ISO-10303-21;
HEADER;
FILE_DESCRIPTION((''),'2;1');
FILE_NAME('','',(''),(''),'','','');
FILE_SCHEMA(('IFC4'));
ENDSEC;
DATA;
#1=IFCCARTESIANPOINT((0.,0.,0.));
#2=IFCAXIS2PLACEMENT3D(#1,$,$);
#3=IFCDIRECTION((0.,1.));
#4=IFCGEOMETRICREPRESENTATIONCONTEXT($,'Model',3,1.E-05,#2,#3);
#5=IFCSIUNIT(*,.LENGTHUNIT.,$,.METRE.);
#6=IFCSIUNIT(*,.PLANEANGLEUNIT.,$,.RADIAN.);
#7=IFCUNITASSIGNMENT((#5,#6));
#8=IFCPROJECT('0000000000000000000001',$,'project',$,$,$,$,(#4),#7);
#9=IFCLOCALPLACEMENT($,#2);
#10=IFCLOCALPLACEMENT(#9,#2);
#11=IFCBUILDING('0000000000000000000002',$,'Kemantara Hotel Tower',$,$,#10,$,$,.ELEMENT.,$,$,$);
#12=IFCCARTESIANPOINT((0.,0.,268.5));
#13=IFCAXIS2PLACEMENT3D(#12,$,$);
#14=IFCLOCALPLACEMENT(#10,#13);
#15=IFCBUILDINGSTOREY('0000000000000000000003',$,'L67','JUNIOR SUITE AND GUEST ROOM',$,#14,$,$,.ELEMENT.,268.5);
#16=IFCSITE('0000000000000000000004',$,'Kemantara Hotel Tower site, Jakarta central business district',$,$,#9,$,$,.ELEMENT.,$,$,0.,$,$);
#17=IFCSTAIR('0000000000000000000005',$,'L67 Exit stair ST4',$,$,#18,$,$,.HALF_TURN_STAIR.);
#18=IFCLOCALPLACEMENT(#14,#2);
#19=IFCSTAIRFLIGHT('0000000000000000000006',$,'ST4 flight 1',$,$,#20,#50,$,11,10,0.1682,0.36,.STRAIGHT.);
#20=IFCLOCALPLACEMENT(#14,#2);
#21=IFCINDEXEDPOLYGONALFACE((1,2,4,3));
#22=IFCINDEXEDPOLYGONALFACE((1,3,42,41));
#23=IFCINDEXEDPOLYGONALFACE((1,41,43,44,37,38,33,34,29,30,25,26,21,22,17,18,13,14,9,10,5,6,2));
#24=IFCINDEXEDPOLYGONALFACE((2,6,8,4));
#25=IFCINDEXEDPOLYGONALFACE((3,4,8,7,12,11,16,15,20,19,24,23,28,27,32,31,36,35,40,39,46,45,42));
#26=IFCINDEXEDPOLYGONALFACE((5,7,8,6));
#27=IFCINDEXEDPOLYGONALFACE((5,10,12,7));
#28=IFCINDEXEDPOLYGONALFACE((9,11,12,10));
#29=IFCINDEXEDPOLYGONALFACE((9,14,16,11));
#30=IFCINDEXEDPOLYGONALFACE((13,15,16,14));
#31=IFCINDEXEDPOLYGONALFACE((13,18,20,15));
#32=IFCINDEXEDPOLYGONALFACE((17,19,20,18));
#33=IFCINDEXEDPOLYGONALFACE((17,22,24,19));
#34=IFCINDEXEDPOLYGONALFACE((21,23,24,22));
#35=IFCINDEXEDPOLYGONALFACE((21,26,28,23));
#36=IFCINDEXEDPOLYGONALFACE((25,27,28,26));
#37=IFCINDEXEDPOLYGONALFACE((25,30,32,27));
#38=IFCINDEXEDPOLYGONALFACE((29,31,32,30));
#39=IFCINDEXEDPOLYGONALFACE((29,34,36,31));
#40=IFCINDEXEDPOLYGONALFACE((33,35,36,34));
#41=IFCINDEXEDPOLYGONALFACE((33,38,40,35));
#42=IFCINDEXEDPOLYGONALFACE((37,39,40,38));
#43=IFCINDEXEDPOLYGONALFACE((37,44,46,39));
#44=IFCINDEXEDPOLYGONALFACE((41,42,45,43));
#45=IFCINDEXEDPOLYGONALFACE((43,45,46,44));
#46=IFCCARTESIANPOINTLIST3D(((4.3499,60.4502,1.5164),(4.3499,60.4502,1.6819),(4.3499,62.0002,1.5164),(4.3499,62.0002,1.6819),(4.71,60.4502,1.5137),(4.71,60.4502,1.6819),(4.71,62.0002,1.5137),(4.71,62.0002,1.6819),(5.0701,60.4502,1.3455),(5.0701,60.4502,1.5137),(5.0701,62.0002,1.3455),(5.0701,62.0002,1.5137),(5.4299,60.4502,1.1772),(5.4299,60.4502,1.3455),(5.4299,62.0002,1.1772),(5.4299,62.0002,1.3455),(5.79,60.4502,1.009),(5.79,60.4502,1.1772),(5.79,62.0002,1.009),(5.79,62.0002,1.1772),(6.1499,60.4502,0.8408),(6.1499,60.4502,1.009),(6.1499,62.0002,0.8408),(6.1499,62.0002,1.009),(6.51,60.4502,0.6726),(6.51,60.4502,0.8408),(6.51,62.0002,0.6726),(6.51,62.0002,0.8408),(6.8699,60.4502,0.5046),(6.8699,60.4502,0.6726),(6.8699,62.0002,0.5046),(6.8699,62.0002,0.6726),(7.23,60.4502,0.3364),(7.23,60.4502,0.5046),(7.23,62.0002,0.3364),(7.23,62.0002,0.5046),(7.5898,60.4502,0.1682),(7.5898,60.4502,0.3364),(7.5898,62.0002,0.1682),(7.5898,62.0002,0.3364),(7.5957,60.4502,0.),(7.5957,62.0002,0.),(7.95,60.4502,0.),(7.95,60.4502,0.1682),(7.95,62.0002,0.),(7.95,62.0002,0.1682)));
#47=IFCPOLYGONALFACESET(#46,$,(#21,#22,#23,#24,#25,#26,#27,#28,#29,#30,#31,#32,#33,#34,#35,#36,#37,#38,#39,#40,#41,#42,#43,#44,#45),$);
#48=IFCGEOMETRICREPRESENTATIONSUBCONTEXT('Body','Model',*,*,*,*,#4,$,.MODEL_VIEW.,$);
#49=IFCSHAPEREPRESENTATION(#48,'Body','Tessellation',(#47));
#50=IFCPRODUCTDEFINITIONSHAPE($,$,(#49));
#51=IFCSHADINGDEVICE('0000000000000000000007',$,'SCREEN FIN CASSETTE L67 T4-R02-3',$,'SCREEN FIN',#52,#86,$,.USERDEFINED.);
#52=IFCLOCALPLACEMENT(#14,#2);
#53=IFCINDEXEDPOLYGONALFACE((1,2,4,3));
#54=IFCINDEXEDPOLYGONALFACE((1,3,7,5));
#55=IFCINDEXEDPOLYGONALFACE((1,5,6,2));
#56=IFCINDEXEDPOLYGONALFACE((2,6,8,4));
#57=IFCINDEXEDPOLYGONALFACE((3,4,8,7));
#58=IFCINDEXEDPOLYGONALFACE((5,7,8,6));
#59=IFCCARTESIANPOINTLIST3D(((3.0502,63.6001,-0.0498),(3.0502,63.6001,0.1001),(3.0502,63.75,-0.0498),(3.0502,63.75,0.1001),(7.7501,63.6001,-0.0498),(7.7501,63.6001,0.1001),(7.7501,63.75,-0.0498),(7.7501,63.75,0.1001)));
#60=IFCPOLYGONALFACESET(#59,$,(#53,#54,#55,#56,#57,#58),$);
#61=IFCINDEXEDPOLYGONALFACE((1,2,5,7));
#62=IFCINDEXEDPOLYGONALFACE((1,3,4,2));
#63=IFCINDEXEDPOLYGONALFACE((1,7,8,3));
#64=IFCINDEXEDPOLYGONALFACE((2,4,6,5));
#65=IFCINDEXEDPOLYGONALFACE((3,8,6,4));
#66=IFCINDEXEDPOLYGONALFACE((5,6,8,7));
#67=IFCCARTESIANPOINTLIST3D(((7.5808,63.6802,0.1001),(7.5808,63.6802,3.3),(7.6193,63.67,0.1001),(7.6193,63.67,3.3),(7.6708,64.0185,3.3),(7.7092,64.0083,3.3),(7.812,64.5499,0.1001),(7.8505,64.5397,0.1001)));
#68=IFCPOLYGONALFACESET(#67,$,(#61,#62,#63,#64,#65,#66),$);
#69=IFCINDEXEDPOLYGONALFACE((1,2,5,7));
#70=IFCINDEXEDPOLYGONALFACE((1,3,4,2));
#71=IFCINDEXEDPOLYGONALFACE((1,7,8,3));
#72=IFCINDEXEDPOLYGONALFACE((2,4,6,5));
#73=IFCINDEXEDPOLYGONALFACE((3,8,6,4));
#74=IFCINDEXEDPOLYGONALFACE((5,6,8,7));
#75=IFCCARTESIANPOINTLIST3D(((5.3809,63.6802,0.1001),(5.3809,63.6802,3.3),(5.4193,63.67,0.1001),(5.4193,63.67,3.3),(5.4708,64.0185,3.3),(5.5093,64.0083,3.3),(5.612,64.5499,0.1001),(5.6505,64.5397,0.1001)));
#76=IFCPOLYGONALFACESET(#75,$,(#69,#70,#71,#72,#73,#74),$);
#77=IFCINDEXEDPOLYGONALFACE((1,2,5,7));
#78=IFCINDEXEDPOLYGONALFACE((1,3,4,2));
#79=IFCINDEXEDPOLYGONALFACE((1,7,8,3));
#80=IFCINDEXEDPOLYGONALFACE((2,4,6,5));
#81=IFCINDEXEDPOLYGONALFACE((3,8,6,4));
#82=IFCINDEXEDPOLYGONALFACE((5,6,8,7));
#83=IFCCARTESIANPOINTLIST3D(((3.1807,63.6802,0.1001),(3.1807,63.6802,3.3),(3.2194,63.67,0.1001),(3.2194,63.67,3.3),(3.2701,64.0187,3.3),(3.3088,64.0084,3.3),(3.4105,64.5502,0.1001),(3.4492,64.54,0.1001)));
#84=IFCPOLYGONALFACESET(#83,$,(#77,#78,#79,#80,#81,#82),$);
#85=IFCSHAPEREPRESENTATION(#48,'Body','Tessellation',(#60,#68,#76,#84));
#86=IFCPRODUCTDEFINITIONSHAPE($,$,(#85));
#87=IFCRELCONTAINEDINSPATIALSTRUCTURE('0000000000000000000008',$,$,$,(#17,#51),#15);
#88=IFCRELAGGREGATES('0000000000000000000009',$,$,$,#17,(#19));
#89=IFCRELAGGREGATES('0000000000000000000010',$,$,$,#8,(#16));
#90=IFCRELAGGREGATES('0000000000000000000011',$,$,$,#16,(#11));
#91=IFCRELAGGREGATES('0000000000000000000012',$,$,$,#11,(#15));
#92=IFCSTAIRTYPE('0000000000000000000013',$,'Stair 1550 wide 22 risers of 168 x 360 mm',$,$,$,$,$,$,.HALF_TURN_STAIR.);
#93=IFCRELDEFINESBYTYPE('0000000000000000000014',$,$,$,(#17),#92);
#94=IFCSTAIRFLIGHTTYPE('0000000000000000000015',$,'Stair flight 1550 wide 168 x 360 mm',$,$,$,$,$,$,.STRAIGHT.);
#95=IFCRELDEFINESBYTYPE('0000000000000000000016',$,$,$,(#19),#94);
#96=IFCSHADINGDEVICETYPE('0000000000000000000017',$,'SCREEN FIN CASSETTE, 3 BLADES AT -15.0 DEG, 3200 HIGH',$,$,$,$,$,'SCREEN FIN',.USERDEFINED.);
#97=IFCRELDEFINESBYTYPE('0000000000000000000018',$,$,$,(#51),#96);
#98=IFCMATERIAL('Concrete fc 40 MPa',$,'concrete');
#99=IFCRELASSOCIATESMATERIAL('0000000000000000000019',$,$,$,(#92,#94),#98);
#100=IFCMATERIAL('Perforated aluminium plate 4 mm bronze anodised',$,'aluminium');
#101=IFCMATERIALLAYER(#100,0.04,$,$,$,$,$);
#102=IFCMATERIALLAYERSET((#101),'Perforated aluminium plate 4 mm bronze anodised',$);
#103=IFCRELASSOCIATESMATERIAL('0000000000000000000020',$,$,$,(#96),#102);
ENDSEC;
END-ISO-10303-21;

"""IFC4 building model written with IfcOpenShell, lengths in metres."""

from ifc_helpers import new_model, si_unit, direction, frame, origin, origin_2d, place, context, subcontext, project, spatial, polyline, rectangle, outline, extrude, source, transform, mapped, material, layer, layer_set, type_object, element, aggregate, save


model = new_model("IFC4")

# Units and contexts
model_context = context("Model", 3, precision=1e-05, world=origin(), true_north=direction((0.0, 1.0)))
body_context = subcontext(model_context, "Body", "Model", "MODEL_VIEW")
ifc_project = project(units=[si_unit("LENGTHUNIT", "METRE"), si_unit("PLANEANGLEUNIT", "RADIAN")], contexts=[model_context])

# Site, building, storey
site_placement = place(None, origin())
site = spatial("IfcSite", under=ifc_project, at=site_placement, Name="Kemantara Hotel Tower site, Jakarta central business district", CompositionType="ELEMENT", RefElevation=0.0)
building_placement = place(site_placement, origin())
building = spatial("IfcBuilding", under=site, at=building_placement, Name="Kemantara Hotel Tower", CompositionType="ELEMENT")
storey_placement = place(building_placement, frame((0.0, 0.0, 268.5)))
storey = spatial("IfcBuildingStorey", under=building, at=storey_placement, Name="L67", Description="JUNIOR SUITE AND GUEST ROOM", CompositionType="ELEMENT", Elevation=268.5)

# Shared definitions
ifc_material_1 = material(Name="Concrete fc 40 MPa", Category="concrete")

# Stair, stair flight
stair_type = type_object("IfcStairType", Name="Stair 1550 wide 22 risers of 168 x 360 mm", PredefinedType="HALF_TURN_STAIR", material=ifc_material_1)
stair_placement = place(storey_placement, origin())
stair = element("IfcStair", 1, at=stair_placement, inside=storey, type_object=stair_type, Name="L67 Exit stair ST4", PredefinedType="HALF_TURN_STAIR")
stair_flight_type = type_object("IfcStairFlightType", Name="Stair flight 1550 wide 168 x 360 mm", PredefinedType="STRAIGHT", material=ifc_material_1)
stair_flight_placement = place(storey_placement, frame((7.95, 61.2251, 0.0), z_axis=(0.0, 0.0, 1.0), x_axis=(-1.0, 0.0, 0.0)))
stair_flight = element("IfcStairFlight", 2, at=stair_flight_placement, type_object=stair_flight_type, Name="ST4 flight 1", NumberOfRisers=11, NumberOfTreads=10, PredefinedType="STRAIGHT", RiserHeight=0.1682, TreadLength=0.36, context=body_context, shape_type="SweptSolid", body=[
    extrude(outline(polyline([(0.0, 0.0), (0.0, 0.1682), (0.3601, 0.1682), (0.3601, 0.3364), (0.72, 0.3364), (0.72, 0.5046), (1.0801, 0.5046), (1.0801, 0.6726), (1.4399, 0.6726), (1.4399, 0.8408), (1.8, 0.8408), (1.8, 1.009), (2.1599, 1.009), (2.1599, 1.1772), (2.52, 1.1772), (2.52, 1.3455), (2.8799, 1.3455), (2.8799, 1.5137), (3.24, 1.5137), (3.24, 1.6819), (3.6001, 1.6819), (3.6001, 1.8501), (3.6001, 1.5164), (0.3542, 0.0), (0.0, 0.0)])), frame((0.0, 0.7749, 0.0), z_axis=(0.0, -1.0, 0.0), x_axis=(1.0, 0.0, 0.0)), (0.0, 0.0, 1.0), 1.55),
])
aggregate(stair, [stair_flight])

# Shading device
ifc_material_2 = material(Name="Perforated aluminium plate 4 mm bronze anodised", Category="aluminium")
ifc_layer_1 = layer(ifc_material_2, 0.04)
ifc_layer_set_1 = layer_set([ifc_layer_1], Name="Perforated aluminium plate 4 mm bronze anodised")
shading_device_type = type_object("IfcShadingDeviceType", Name="SCREEN FIN CASSETTE, 3 BLADES AT -15.0 DEG, 3200 HIGH", ElementType="SCREEN FIN", PredefinedType="USERDEFINED", material=ifc_layer_set_1)
shared_shape_1 = source(origin(), body_context, "Body", "SweptSolid", [
    extrude(rectangle(XDim=4.7, YDim=0.1499, at=origin_2d()), frame((2.2, -0.075, -0.1499), z_axis=(0.0, 0.0, 1.0), x_axis=(1.0, 0.0, 0.0)), (0.0, 0.0, 1.0), 0.1499),
    extrude(outline(polyline([(0.0, 0.0), (0.8999, 0.0), (0.3501, 3.2), (0.0, 3.2), (0.0, 0.0)])), frame((0.0193, -0.0801, 0.0), z_axis=(-0.966438, 0.256901, 0.0), x_axis=(-0.256901, -0.966438, 0.0)), (0.0, 0.0, 1.0), 0.0398),
    extrude(outline(polyline([(0.0, 0.0), (0.8999, 0.0), (0.3501, 3.2), (0.0, 3.2), (0.0, 0.0)])), frame((2.2192, -0.0801, 0.0), z_axis=(-0.966438, 0.256901, 0.0), x_axis=(-0.256901, -0.966438, 0.0)), (0.0, 0.0, 1.0), 0.0398),
    extrude(outline(polyline([(0.0, 0.0), (0.8999, 0.0), (0.3501, 3.2), (0.0, 3.2), (0.0, 0.0)])), frame((4.4194, -0.0801, 0.0), z_axis=(-0.966838, 0.255391, 0.0), x_axis=(-0.255391, -0.966838, 0.0)), (0.0, 0.0, 1.0), 0.04),
])
shading_device_placement = place(storey_placement, frame((7.6001, 63.6001, 0.1001), z_axis=(0.0, 0.0, 1.0), x_axis=(-1.0, 0.0, 0.0)))
element("IfcShadingDevice", 3, at=shading_device_placement, inside=storey, type_object=shading_device_type, Name="SCREEN FIN CASSETTE L67 T4-R02-3", ObjectType="SCREEN FIN", PredefinedType="USERDEFINED", context=body_context, shape_type="MappedRepresentation", body=[
    mapped(shared_shape_1, transform((0.0, 0.0, 0.0))),
])

save(model, "model.ifc")
